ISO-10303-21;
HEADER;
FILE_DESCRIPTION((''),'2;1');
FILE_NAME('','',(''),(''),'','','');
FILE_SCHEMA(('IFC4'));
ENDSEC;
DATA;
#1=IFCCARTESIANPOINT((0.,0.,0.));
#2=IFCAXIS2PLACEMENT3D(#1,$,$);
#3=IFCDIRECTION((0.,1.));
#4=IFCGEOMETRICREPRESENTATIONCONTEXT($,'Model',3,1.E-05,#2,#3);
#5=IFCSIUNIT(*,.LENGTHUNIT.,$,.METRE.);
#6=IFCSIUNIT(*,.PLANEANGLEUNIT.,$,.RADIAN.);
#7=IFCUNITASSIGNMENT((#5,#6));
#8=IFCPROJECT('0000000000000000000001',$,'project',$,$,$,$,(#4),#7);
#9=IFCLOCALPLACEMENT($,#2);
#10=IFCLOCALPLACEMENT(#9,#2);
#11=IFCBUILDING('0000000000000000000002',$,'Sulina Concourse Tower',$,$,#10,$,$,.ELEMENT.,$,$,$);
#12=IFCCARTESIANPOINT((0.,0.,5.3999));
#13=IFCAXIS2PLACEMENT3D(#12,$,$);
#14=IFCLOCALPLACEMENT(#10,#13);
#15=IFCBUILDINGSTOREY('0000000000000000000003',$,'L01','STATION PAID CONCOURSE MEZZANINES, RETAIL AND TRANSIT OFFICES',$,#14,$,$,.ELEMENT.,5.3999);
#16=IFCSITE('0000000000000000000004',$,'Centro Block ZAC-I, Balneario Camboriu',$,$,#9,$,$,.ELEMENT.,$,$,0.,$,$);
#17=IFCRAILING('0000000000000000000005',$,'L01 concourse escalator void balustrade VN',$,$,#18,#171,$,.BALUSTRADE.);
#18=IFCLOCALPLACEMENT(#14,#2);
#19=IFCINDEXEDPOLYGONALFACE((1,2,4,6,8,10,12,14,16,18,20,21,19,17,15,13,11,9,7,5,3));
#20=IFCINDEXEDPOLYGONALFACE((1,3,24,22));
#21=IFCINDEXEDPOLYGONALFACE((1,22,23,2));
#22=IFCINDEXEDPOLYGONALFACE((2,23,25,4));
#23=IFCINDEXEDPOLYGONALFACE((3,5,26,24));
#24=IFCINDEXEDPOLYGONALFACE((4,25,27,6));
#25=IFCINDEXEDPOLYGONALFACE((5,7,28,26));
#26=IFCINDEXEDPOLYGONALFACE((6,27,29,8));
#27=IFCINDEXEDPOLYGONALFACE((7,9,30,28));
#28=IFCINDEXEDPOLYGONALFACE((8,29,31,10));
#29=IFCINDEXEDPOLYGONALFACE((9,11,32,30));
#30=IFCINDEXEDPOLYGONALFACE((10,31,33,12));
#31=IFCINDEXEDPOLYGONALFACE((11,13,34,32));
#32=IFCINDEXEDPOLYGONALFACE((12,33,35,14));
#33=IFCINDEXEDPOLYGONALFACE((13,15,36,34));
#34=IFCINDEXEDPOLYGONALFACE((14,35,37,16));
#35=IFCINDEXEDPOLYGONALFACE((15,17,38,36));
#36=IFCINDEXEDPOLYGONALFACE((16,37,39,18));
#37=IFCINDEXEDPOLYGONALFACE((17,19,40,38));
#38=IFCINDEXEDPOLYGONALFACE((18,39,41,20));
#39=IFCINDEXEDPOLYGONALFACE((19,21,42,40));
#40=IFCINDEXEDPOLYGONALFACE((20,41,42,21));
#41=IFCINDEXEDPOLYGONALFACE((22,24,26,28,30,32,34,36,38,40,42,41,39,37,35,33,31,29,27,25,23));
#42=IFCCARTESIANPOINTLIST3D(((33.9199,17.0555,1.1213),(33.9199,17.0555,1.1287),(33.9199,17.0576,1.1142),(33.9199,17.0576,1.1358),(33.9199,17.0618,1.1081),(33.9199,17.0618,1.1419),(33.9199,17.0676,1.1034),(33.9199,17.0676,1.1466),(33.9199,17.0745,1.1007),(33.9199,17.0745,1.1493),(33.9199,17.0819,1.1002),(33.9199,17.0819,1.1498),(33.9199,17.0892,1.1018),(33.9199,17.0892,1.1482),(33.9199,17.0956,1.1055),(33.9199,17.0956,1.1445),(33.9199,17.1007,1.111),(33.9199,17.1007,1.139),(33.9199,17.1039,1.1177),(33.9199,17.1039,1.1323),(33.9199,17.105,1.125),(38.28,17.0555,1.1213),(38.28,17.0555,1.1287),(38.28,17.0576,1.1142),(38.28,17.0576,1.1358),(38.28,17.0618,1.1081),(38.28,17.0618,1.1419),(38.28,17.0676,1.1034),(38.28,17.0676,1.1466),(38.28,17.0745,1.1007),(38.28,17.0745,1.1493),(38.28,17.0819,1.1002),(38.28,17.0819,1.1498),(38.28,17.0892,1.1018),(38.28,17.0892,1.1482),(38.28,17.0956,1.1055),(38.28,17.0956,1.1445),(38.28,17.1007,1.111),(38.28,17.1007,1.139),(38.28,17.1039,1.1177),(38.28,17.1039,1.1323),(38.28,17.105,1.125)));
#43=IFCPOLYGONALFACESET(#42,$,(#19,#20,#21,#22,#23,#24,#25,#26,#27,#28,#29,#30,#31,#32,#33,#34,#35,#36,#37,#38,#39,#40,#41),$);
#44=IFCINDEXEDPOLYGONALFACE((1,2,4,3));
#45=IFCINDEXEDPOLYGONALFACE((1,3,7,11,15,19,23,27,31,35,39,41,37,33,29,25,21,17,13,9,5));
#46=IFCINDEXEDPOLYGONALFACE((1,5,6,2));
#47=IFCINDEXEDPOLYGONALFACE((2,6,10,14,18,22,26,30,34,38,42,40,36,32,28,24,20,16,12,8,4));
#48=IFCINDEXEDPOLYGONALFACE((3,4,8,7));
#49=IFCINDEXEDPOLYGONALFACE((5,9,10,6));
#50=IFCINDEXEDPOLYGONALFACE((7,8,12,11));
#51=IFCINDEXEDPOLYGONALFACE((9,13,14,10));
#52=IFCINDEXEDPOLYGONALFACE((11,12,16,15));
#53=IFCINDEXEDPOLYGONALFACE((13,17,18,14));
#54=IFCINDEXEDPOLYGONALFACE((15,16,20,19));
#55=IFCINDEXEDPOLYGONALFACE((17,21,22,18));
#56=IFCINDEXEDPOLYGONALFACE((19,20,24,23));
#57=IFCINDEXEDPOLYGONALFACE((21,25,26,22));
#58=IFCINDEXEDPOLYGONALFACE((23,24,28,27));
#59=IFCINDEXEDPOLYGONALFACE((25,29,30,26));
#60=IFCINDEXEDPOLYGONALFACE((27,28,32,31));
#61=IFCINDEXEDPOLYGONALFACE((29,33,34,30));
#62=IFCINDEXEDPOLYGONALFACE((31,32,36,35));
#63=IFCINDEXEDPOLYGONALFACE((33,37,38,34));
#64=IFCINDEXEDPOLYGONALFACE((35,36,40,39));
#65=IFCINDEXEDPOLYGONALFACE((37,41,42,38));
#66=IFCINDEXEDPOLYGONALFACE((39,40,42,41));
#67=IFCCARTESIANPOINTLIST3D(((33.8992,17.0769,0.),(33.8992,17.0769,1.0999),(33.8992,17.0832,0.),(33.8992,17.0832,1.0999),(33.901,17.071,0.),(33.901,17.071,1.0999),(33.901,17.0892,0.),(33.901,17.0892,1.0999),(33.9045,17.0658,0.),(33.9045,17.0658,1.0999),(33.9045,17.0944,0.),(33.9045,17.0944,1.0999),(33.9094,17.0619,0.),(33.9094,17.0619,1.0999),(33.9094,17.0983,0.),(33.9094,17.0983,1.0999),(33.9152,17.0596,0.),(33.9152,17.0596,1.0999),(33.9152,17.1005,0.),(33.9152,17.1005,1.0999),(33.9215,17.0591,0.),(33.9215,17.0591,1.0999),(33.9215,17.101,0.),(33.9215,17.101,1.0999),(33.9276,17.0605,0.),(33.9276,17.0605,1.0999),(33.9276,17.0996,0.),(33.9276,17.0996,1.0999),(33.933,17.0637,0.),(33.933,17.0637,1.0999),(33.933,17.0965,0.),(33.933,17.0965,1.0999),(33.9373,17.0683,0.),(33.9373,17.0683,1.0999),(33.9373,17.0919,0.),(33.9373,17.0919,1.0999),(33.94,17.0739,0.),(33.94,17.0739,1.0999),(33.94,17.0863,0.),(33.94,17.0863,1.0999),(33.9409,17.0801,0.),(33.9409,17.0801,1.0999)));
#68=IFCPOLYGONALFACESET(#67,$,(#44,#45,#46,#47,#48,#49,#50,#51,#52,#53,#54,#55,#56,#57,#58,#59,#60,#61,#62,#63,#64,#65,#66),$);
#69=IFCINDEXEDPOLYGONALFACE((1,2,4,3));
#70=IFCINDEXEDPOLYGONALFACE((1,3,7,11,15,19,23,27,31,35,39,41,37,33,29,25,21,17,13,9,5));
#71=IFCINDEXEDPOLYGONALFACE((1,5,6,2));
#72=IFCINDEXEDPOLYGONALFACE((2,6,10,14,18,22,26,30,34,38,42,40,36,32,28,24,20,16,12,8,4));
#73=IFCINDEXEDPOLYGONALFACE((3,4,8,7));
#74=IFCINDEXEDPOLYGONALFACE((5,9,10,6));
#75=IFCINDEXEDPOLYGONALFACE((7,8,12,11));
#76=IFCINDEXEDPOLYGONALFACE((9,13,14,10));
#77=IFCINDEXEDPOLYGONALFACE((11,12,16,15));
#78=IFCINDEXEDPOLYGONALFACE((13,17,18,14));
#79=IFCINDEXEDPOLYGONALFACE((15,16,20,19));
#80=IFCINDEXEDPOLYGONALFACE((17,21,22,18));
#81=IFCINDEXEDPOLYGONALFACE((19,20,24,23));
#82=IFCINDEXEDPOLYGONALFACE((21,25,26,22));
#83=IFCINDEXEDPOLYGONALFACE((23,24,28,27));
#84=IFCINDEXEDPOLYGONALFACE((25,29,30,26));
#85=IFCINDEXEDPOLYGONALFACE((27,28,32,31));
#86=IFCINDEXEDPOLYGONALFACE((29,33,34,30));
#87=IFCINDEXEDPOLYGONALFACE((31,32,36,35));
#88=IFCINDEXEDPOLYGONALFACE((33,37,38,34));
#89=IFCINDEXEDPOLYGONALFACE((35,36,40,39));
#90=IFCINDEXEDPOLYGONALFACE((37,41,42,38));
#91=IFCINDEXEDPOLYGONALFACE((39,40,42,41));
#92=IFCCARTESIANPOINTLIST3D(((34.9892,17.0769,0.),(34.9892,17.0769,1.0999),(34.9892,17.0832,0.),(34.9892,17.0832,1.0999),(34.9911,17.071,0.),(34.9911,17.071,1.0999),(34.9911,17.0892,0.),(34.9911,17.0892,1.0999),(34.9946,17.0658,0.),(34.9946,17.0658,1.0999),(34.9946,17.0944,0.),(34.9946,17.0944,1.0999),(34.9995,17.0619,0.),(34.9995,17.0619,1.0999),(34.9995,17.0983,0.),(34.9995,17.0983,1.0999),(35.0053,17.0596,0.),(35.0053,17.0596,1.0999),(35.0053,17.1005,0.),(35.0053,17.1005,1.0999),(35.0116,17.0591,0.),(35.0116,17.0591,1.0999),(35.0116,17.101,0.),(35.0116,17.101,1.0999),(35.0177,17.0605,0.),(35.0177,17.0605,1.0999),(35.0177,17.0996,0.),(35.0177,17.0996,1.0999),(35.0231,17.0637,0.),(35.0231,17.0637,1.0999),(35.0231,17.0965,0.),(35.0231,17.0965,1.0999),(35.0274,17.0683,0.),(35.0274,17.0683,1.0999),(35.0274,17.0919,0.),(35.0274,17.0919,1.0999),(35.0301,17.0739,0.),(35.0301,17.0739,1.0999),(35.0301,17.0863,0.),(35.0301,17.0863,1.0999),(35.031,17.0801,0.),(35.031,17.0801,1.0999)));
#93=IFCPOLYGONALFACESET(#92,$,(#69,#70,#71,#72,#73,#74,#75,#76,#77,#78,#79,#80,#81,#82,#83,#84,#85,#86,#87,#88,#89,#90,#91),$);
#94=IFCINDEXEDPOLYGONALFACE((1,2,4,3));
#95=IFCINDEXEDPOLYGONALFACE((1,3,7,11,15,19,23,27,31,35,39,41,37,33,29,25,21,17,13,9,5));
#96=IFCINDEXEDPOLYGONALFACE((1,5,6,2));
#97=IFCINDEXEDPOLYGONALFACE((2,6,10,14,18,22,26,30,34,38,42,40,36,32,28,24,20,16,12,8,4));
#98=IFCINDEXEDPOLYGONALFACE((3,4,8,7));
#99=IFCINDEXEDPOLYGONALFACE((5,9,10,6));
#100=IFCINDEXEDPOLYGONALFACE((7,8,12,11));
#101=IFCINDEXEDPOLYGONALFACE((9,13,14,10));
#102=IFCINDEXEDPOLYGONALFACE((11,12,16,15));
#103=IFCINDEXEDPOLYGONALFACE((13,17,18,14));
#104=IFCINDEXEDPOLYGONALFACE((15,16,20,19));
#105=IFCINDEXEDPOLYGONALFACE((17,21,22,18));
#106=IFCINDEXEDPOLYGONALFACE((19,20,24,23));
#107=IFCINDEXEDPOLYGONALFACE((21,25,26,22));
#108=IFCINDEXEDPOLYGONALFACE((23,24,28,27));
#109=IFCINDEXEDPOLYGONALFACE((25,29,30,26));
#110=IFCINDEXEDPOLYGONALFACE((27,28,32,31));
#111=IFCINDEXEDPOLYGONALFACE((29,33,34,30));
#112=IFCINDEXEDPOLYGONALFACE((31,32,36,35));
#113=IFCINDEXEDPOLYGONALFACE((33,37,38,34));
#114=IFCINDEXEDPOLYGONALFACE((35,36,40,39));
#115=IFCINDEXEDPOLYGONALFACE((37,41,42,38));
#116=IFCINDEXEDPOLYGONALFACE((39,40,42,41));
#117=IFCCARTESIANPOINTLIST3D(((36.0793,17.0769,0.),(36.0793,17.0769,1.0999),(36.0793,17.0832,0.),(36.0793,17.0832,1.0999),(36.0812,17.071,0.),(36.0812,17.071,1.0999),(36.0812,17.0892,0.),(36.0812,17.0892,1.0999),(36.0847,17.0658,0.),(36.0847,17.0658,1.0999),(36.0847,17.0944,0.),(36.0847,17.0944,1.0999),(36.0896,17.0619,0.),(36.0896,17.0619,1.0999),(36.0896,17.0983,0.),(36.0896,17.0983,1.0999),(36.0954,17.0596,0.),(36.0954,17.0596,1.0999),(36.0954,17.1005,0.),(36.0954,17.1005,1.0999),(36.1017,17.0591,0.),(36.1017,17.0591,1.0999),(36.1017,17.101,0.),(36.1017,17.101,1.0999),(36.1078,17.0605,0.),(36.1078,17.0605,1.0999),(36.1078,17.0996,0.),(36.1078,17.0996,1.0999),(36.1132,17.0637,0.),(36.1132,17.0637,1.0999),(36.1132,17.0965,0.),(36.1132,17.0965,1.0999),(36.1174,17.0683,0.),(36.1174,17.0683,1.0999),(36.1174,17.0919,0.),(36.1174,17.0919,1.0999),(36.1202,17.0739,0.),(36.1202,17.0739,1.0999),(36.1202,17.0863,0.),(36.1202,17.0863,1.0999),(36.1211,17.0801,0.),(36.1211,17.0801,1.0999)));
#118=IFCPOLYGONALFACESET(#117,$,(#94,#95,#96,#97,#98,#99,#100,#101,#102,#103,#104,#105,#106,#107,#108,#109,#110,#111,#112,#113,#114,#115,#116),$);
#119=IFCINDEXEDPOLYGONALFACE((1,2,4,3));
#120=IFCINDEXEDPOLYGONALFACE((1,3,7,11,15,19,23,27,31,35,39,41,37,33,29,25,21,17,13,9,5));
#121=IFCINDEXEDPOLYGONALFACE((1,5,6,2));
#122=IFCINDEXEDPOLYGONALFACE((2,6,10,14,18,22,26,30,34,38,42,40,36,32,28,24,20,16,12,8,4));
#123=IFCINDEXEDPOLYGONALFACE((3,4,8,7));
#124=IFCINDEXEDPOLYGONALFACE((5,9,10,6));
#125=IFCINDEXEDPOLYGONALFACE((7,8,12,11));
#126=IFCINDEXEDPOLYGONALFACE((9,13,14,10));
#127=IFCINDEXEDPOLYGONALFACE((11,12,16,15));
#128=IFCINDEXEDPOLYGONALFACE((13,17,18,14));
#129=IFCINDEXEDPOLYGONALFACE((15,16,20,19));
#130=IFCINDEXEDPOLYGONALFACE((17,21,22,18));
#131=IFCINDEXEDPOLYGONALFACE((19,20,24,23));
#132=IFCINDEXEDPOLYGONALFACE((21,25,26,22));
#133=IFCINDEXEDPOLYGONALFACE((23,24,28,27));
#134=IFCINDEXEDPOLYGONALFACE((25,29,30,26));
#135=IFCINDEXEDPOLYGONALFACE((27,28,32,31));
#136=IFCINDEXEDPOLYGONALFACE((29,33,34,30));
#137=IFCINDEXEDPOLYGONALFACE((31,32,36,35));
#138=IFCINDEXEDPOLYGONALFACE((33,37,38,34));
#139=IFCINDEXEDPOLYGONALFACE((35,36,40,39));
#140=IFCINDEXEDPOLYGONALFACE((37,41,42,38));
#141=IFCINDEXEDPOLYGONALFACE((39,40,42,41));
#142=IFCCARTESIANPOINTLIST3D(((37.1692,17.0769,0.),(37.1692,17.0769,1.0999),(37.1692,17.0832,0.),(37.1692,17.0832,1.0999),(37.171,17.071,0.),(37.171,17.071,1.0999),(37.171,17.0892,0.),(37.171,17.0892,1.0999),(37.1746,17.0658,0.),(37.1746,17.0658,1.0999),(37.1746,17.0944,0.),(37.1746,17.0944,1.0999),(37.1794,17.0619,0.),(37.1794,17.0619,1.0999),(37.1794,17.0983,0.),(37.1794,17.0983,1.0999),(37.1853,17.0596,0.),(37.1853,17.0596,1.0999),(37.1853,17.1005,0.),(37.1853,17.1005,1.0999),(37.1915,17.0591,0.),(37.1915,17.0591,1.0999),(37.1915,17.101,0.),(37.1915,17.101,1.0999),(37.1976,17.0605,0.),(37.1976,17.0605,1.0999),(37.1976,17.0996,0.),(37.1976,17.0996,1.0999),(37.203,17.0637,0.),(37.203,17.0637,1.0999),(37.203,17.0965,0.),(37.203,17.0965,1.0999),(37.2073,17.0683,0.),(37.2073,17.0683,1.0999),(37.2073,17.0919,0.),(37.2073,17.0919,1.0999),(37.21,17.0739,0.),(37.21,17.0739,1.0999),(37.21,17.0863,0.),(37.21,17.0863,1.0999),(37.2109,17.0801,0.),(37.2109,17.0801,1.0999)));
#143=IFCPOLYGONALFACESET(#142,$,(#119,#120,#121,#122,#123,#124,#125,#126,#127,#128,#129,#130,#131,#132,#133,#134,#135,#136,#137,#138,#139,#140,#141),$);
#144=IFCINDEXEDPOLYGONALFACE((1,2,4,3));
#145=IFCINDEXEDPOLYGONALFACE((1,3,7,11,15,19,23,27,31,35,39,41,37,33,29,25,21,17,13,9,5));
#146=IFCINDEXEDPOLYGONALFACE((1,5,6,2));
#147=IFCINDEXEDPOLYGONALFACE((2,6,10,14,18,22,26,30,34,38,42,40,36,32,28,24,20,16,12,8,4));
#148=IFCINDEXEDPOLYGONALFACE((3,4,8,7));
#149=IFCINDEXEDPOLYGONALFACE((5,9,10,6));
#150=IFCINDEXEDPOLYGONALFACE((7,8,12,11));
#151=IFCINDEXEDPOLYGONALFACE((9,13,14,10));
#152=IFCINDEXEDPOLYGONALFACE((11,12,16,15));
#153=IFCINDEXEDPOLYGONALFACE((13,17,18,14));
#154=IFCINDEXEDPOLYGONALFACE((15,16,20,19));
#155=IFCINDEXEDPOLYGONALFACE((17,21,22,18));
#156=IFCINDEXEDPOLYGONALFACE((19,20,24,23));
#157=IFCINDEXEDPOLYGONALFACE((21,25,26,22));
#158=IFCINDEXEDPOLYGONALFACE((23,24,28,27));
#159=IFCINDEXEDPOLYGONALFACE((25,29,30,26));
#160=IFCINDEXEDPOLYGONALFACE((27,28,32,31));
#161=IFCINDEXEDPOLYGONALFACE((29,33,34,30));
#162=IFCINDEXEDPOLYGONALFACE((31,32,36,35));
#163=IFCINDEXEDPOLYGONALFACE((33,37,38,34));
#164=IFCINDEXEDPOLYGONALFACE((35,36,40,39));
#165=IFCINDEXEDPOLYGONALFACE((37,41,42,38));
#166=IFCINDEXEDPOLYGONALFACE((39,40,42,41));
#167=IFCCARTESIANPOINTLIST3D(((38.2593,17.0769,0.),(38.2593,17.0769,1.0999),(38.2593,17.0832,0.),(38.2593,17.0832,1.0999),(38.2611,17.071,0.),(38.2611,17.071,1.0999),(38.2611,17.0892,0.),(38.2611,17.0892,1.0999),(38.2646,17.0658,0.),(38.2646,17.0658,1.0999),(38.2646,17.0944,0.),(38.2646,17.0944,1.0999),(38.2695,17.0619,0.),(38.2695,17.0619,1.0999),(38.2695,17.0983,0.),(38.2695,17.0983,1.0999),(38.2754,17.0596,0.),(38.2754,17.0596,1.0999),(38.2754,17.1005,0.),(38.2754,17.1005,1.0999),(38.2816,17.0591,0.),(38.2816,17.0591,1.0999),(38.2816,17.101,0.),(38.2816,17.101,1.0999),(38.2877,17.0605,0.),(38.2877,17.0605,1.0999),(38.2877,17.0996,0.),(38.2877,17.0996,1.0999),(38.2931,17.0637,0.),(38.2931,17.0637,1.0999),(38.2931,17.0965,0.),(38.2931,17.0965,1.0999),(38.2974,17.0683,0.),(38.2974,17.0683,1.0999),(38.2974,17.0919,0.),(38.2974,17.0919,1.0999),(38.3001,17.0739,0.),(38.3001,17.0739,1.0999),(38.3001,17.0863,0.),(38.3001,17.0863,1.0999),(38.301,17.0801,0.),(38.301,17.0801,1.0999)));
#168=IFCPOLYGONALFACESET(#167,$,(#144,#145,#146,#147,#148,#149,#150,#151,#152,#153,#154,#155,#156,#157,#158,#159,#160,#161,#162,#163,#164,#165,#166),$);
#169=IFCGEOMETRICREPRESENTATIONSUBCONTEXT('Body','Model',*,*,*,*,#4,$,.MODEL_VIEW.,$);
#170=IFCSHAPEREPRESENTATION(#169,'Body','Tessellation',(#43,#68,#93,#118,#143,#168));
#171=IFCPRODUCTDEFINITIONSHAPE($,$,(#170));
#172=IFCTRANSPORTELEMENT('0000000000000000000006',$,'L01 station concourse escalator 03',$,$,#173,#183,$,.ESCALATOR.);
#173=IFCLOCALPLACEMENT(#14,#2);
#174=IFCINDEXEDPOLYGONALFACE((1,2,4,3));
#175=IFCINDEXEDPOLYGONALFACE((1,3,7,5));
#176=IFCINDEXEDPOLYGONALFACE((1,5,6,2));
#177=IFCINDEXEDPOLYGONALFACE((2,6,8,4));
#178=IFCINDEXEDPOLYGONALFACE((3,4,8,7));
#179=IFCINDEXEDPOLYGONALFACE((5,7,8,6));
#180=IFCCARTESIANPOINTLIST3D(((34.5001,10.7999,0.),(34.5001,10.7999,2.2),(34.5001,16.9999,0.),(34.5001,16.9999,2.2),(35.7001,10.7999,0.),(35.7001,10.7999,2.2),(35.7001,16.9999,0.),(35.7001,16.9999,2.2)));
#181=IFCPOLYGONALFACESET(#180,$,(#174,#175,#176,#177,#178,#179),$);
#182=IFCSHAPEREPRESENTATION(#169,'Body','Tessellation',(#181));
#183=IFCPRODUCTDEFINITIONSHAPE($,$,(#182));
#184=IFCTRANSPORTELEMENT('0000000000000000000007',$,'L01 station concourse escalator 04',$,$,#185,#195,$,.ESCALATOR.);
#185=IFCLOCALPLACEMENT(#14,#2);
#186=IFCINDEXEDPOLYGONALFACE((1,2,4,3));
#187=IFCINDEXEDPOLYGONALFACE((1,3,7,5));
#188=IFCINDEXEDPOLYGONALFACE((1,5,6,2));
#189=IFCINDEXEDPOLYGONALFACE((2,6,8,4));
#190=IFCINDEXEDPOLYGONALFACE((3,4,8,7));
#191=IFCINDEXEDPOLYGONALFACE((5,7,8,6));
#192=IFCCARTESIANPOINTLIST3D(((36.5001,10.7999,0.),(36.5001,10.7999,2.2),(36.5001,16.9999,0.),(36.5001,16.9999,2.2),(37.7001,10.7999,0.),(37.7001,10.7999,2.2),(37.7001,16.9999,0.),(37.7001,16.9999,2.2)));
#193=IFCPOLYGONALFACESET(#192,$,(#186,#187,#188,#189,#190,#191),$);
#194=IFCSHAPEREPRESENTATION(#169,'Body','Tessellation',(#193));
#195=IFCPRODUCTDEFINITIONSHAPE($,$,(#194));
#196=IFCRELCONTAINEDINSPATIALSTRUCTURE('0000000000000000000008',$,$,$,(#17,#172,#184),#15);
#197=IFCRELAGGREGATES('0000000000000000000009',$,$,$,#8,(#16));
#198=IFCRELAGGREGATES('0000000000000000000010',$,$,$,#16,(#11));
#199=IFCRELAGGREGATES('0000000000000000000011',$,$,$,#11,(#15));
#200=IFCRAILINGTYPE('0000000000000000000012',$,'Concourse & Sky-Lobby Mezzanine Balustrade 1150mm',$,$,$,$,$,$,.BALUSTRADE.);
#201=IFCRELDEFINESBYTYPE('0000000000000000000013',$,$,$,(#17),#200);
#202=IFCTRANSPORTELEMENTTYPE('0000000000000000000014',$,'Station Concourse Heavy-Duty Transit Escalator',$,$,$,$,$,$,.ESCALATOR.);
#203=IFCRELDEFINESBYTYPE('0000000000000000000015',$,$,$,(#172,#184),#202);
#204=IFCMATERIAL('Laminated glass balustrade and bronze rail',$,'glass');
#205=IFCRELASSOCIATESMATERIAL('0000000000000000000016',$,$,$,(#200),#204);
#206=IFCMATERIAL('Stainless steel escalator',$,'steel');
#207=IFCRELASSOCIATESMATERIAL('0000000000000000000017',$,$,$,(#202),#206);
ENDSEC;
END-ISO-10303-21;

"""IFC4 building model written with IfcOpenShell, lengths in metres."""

from ifc_helpers import new_model, si_unit, direction, frame, origin, origin_2d, place, context, subcontext, project, spatial, rectangle, circle, extrude, material, type_object, element, save


model = new_model("IFC4")

# Units and contexts
model_context = context("Model", 3, precision=1e-05, world=origin(), true_north=direction((0.0, 1.0)))
body_context = subcontext(model_context, "Body", "Model", "MODEL_VIEW")
ifc_project = project(units=[si_unit("LENGTHUNIT", "METRE"), si_unit("PLANEANGLEUNIT", "RADIAN")], contexts=[model_context])

# Site, building, storey
site_placement = place(None, origin())
site = spatial("IfcSite", under=ifc_project, at=site_placement, Name="Centro Block ZAC-I, Balneario Camboriu", CompositionType="ELEMENT", RefElevation=0.0)
building_placement = place(site_placement, origin())
building = spatial("IfcBuilding", under=site, at=building_placement, Name="Sulina Concourse Tower", CompositionType="ELEMENT")
storey_placement = place(building_placement, frame((0.0, 0.0, 5.3999)))
storey = spatial("IfcBuildingStorey", under=building, at=storey_placement, Name="L01", Description="STATION PAID CONCOURSE MEZZANINES, RETAIL AND TRANSIT OFFICES", CompositionType="ELEMENT", Elevation=5.3999)

# Railing
ifc_material_1 = material(Name="Laminated glass balustrade and bronze rail", Category="glass")
railing_type = type_object("IfcRailingType", Name="Concourse & Sky-Lobby Mezzanine Balustrade 1150mm", PredefinedType="BALUSTRADE", material=ifc_material_1)
railing_1_placement = place(storey_placement, frame((33.9199, 17.0801, 0.0)))
element("IfcRailing", 1, at=railing_1_placement, inside=storey, type_object=railing_type, Name="L01 concourse escalator void balustrade VN", PredefinedType="BALUSTRADE", context=body_context, shape_type="SweptSolid", body=[
    extrude(circle(Radius=0.0249, at=origin_2d()), frame((0.0, 0.0, 1.125), z_axis=(1.0, 0.0, 0.0), x_axis=(0.0, 1.0, 0.0)), (0.0, 0.0, 1.0), 4.3601),
    extrude(circle(Radius=0.021, at=origin_2d()), origin(), (0.0, 0.0, 1.0), 1.0999),
    extrude(circle(Radius=0.021, at=origin_2d()), frame((1.0901, 0.0, 0.0)), (0.0, 0.0, 1.0), 1.0999),
    extrude(circle(Radius=0.021, at=origin_2d()), frame((2.1802, 0.0, 0.0)), (0.0, 0.0, 1.0), 1.0999),
    extrude(circle(Radius=0.021, at=origin_2d()), frame((3.27, 0.0, 0.0)), (0.0, 0.0, 1.0), 1.0999),
    extrude(circle(Radius=0.021, at=origin_2d()), frame((4.3601, 0.0, 0.0)), (0.0, 0.0, 1.0), 1.0999),
])

# Transport elements
ifc_material_2 = material(Name="Stainless steel escalator", Category="steel")
transport_element_type = type_object("IfcTransportElementType", Name="Station Concourse Heavy-Duty Transit Escalator", PredefinedType="ESCALATOR", material=ifc_material_2)
for number, where, z_axis, x_axis, name in (
    (2, (35.1001, 13.8999, 0.0), (0.0, 0.0, 1.0), (1.0, 0.0, 0.0), "L01 station concourse escalator 03"),
    (3, (37.1001, 13.8999, 0.0), (0.0, 0.0, 1.0), (1.0, 0.0, 0.0), "L01 station concourse escalator 04"),
):
    element("IfcTransportElement", number, at=place(storey_placement, frame(where, z_axis=z_axis, x_axis=x_axis)), inside=storey, type_object=transport_element_type, Name=name, PredefinedType="ESCALATOR", context=body_context, shape_type="SweptSolid", body=[
        extrude(rectangle(XDim=1.2, YDim=6.2, at=origin_2d()), origin(), (0.0, 0.0, 1.0), 2.2),
    ])

save(model, "model.ifc")
